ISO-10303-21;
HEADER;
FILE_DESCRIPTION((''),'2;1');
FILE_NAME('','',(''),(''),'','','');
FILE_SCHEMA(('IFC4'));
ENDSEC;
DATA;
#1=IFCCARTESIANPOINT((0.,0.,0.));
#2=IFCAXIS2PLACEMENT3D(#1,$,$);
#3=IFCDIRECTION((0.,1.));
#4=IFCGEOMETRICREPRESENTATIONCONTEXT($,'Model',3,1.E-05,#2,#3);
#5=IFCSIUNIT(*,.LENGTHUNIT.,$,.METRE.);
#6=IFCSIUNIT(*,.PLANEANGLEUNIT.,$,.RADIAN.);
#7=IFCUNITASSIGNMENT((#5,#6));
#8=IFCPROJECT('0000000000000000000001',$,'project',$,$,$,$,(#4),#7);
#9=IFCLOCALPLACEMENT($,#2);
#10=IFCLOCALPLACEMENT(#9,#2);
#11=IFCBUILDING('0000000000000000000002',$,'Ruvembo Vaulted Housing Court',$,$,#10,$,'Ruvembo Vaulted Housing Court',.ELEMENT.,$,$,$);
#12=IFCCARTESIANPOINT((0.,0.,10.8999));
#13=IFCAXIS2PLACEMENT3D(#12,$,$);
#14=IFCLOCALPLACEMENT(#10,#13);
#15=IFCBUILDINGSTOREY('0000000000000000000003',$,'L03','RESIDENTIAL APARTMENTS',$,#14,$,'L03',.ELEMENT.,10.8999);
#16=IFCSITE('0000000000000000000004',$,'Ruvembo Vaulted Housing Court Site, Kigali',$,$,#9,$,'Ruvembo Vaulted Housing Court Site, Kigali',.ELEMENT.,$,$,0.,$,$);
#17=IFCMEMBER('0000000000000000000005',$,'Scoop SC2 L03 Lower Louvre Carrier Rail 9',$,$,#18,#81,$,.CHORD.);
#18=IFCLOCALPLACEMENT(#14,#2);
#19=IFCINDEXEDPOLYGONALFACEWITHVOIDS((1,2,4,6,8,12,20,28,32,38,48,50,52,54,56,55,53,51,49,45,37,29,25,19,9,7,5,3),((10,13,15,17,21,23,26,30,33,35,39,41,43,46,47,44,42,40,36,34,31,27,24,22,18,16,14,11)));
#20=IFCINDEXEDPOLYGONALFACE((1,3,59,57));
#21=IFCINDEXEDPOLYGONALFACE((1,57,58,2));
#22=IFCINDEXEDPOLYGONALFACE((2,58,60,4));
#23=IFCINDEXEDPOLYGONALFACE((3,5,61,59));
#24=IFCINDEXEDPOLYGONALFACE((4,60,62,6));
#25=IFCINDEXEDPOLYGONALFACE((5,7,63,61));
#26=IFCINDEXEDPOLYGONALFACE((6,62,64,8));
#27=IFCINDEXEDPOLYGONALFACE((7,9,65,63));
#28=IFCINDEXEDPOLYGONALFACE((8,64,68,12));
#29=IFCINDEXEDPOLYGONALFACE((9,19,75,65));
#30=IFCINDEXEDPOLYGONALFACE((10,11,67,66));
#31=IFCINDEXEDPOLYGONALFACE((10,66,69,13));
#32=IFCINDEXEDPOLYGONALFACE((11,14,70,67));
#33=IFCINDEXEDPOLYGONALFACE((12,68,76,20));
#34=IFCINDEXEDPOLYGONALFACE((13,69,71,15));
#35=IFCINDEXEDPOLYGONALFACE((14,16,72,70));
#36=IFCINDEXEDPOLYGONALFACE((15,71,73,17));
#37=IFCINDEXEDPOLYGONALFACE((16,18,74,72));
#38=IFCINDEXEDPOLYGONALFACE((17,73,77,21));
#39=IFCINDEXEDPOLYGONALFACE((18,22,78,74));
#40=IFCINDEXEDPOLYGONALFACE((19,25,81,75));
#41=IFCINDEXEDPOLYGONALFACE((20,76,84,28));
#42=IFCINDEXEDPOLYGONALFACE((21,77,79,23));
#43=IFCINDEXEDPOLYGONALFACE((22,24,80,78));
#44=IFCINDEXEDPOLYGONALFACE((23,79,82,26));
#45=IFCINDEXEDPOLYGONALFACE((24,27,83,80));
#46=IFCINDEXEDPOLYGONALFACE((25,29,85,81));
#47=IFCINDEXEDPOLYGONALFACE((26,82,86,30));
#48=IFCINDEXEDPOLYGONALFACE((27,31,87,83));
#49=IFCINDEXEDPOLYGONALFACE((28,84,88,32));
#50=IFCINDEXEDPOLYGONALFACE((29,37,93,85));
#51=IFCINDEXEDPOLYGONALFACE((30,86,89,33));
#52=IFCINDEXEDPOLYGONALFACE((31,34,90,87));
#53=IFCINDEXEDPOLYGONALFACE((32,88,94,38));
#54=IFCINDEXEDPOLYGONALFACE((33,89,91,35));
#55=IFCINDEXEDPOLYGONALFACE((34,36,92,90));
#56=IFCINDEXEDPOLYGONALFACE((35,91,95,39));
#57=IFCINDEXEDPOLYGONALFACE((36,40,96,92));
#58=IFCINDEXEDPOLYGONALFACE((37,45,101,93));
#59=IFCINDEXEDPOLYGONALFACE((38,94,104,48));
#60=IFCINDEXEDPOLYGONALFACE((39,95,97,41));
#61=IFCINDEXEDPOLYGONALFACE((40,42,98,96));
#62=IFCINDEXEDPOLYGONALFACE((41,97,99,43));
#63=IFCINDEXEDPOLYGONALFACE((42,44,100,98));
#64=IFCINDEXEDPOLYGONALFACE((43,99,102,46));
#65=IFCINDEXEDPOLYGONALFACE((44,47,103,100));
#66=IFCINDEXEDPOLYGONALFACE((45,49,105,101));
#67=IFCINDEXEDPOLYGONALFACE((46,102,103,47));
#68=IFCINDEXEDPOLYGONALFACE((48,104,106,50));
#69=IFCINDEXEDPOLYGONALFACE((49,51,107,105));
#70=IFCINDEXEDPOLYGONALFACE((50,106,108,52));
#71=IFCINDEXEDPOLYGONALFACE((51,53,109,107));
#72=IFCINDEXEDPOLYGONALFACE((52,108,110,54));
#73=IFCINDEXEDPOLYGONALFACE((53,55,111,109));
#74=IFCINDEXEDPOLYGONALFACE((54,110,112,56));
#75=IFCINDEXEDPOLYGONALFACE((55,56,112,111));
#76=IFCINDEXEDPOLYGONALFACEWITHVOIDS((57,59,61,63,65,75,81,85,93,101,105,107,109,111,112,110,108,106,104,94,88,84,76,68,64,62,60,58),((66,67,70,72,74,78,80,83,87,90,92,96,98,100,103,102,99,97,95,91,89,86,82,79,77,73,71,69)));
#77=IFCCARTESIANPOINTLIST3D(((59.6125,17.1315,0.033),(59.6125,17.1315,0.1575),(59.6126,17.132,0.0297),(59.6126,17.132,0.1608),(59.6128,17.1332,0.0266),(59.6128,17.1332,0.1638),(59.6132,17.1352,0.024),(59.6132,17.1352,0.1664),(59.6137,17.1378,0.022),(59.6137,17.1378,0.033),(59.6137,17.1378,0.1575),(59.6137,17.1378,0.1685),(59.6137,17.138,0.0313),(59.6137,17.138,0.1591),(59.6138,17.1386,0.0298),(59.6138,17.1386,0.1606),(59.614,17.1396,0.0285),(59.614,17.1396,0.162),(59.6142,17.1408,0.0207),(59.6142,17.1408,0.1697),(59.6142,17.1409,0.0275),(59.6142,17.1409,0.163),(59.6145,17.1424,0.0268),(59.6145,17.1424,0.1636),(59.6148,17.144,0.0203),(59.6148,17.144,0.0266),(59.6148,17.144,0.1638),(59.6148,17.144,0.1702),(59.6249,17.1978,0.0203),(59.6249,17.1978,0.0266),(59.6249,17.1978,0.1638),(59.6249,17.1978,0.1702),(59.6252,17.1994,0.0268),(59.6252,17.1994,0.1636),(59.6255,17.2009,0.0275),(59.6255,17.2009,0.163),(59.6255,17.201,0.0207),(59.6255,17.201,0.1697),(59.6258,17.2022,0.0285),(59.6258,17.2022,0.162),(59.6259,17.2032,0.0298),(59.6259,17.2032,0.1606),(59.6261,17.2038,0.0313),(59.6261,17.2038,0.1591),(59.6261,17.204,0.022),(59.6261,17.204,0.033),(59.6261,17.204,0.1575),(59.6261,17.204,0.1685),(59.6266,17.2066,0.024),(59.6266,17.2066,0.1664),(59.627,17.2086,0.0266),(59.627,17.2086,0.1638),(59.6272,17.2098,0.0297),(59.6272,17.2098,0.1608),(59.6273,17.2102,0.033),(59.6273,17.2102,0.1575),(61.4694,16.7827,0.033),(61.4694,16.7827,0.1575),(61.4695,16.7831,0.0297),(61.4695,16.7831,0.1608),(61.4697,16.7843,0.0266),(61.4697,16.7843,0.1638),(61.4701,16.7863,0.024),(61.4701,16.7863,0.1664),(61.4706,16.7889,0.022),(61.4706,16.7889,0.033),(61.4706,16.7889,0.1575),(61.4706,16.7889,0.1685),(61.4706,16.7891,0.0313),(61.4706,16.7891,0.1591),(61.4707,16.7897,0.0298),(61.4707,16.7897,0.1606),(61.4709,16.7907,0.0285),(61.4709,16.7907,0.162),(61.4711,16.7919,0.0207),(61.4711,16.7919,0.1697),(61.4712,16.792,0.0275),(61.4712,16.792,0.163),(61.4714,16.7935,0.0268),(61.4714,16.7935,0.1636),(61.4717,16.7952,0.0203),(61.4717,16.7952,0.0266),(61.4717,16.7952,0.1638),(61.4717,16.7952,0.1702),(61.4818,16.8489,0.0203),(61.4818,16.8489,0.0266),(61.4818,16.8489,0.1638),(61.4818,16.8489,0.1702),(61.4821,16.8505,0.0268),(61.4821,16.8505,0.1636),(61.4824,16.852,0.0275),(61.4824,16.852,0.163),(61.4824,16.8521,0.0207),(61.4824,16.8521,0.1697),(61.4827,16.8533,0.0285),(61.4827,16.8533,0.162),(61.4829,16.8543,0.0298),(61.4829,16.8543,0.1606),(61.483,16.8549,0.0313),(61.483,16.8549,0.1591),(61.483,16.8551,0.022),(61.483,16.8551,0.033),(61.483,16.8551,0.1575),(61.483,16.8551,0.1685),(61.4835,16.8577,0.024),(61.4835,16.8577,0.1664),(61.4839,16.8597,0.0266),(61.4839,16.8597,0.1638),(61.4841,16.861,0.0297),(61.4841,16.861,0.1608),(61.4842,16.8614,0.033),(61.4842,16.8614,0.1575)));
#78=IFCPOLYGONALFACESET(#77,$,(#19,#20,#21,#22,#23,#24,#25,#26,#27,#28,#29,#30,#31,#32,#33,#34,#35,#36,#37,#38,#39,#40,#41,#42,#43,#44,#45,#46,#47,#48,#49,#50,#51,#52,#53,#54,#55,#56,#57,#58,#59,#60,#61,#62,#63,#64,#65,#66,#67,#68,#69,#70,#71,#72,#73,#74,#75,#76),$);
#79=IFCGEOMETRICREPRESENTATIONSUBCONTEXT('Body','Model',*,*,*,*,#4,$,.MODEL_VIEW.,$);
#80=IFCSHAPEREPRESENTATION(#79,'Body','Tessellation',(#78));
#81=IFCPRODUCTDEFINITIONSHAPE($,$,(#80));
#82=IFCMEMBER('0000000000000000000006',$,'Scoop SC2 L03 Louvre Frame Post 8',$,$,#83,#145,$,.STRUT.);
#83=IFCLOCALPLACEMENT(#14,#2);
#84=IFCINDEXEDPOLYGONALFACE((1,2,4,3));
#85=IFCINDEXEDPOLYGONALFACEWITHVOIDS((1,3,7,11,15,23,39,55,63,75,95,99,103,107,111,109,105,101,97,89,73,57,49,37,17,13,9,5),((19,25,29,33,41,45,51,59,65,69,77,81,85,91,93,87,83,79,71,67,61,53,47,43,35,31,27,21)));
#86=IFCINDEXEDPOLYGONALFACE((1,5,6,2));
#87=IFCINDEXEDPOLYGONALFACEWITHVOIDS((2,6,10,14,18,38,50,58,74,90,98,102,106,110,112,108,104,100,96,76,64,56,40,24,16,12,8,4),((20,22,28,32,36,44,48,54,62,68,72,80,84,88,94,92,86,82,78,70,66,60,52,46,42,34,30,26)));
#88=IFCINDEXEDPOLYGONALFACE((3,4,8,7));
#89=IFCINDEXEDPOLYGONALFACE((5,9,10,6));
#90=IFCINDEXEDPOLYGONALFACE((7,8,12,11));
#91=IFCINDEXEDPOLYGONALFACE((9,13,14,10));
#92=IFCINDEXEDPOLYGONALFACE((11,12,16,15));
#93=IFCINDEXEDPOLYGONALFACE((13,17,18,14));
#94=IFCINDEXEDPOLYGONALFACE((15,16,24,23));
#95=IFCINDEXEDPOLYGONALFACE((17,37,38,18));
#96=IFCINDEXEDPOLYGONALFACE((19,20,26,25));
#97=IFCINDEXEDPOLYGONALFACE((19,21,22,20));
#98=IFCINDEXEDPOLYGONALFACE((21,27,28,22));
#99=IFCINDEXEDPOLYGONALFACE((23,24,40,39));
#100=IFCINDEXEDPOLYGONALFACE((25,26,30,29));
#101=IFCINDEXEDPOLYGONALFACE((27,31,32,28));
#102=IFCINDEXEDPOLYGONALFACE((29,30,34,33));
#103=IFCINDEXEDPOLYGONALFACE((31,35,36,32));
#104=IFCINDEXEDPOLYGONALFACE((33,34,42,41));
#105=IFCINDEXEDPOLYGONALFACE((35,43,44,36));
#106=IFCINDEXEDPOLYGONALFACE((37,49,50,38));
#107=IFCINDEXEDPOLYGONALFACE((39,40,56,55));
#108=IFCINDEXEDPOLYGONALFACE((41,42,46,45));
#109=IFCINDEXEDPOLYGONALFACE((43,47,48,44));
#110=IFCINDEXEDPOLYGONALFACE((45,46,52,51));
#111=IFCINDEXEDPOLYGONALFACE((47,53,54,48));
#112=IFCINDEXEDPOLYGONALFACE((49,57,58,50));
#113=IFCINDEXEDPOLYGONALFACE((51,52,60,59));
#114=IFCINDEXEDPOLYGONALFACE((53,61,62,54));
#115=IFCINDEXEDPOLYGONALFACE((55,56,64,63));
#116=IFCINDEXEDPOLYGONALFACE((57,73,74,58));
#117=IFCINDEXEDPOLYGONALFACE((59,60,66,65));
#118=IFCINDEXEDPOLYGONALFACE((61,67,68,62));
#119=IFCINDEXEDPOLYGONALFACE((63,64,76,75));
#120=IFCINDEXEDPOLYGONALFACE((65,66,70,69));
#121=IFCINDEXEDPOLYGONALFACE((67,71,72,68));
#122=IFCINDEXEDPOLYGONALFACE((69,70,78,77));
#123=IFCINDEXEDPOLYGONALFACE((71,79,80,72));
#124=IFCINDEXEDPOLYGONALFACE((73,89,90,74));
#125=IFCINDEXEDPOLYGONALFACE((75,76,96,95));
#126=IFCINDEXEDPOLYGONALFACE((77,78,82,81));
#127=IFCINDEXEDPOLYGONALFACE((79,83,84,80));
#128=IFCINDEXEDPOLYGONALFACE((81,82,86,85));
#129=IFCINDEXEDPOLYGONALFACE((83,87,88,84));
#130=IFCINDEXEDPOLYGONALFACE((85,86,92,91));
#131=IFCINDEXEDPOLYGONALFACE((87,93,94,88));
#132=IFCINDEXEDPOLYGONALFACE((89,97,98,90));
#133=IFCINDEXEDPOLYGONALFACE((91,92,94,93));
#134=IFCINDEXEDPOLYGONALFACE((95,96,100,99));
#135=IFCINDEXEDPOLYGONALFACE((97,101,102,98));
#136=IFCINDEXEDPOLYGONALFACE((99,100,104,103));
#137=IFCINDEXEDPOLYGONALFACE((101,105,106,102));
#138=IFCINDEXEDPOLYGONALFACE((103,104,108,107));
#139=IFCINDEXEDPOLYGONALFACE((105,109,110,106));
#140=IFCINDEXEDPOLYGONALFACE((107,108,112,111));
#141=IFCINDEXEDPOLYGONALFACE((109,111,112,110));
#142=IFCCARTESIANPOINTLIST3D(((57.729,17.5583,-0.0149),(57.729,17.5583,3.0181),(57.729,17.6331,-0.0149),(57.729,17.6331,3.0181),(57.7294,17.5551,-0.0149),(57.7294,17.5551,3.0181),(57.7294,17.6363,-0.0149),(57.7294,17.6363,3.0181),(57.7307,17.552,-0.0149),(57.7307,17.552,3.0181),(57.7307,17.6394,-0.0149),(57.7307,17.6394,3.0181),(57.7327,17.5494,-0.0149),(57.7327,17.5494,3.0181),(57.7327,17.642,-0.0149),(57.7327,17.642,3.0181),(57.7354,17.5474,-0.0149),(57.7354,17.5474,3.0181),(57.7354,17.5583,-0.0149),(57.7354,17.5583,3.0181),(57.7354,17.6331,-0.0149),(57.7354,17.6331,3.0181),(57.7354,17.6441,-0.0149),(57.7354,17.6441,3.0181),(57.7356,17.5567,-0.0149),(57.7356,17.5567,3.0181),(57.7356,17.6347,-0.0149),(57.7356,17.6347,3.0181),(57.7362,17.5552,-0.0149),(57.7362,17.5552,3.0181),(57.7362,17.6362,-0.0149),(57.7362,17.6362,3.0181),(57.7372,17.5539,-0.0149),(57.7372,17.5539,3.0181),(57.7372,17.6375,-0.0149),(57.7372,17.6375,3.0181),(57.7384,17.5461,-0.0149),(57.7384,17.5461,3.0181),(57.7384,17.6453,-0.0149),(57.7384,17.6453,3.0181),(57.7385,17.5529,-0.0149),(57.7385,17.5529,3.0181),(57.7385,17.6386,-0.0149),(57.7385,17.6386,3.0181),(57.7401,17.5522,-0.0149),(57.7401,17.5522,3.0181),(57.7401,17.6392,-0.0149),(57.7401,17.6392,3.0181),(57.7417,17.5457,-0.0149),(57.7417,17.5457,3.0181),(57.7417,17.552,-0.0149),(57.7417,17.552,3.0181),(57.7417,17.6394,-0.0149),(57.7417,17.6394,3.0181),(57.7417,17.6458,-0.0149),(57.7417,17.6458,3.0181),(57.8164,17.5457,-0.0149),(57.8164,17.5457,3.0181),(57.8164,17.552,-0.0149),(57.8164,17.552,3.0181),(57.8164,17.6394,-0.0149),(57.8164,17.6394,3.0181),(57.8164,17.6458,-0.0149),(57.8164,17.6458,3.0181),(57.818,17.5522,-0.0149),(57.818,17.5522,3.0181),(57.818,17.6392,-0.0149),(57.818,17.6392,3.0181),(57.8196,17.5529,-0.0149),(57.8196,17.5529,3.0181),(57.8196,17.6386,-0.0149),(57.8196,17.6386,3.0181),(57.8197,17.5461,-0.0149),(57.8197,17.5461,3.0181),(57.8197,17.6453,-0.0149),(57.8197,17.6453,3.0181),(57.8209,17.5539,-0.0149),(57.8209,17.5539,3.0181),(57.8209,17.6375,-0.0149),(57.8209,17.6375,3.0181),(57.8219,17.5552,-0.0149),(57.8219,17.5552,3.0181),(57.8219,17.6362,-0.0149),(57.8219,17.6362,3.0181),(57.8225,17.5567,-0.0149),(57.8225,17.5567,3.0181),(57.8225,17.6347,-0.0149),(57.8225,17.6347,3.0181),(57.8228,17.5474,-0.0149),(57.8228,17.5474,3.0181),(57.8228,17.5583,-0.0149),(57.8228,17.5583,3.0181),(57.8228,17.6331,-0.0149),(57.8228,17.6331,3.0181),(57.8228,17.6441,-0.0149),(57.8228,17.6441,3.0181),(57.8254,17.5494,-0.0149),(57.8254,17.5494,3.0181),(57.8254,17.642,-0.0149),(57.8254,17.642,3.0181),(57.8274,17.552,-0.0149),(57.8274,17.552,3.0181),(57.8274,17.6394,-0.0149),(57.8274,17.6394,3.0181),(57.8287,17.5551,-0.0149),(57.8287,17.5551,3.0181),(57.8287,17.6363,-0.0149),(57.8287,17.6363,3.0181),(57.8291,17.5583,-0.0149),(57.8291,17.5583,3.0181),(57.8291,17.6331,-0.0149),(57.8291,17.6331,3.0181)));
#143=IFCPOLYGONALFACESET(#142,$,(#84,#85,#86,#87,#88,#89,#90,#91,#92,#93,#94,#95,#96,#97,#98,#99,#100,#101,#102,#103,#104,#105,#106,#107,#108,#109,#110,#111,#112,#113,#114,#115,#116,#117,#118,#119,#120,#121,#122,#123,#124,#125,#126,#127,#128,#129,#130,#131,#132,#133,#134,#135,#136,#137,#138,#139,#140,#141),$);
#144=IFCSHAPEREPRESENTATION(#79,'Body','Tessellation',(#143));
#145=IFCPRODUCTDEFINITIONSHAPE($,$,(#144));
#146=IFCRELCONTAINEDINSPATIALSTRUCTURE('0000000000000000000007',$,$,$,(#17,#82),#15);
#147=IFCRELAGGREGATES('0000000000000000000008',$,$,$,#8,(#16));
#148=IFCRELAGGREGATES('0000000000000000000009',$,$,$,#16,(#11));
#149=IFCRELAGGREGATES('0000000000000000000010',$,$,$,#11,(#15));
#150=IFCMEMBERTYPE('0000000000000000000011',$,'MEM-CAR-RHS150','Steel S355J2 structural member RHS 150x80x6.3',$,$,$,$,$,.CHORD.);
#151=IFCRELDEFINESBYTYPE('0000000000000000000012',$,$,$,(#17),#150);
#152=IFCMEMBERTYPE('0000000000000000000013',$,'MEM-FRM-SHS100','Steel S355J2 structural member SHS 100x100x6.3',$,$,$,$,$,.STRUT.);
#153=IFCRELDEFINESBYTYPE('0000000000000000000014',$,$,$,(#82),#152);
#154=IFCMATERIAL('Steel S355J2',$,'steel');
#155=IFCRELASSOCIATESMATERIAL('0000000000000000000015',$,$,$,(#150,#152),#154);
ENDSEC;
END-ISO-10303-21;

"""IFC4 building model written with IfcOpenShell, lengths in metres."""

from ifc_helpers import new_model, si_unit, direction, frame, origin, origin_2d, place, context, subcontext, project, spatial, hollow_rectangle, extrude, material, material_profile, profile_set, type_object, element, save


model = new_model("IFC4")

# Units and contexts
model_context = context("Model", 3, precision=1e-05, world=origin(), true_north=direction((0.0, 1.0)))
body_context = subcontext(model_context, "Body", "Model", "MODEL_VIEW")
ifc_project = project(units=[si_unit("LENGTHUNIT", "METRE"), si_unit("PLANEANGLEUNIT", "RADIAN")], contexts=[model_context])

# Site, building, storey
site_placement = place(None, origin())
site = spatial("IfcSite", under=ifc_project, at=site_placement, Name="Ruvembo Vaulted Housing Court Site, Kigali", LongName="Ruvembo Vaulted Housing Court Site, Kigali", CompositionType="ELEMENT", RefElevation=0.0)
building_placement = place(site_placement, origin())
building = spatial("IfcBuilding", under=site, at=building_placement, Name="Ruvembo Vaulted Housing Court", LongName="Ruvembo Vaulted Housing Court", CompositionType="ELEMENT")
storey_placement = place(building_placement, frame((0.0, 0.0, 10.8999)))
storey = spatial("IfcBuildingStorey", under=building, at=storey_placement, Name="L03", Description="RESIDENTIAL APARTMENTS", LongName="L03", CompositionType="ELEMENT", Elevation=10.8999)

# Shared definitions
ifc_material_1 = material(Name="Steel S355J2", Category="steel")

# Members
ifc_material_profile_1 = material_profile(ifc_material_1, hollow_rectangle(XDim=0.0801, YDim=0.1499, WallThickness=0.0063, InnerFilletRadius=0.0063, OuterFilletRadius=0.0127, at=origin_2d()), Name="RHS 150x80x6.3")
ifc_profile_set_1 = profile_set([ifc_material_profile_1], Name="Steel S355J2")
member_type_1 = type_object("IfcMemberType", Name="MEM-CAR-RHS150", Description="Steel S355J2 structural member RHS 150x80x6.3", PredefinedType="CHORD", material=ifc_profile_set_1)
member_1_placement = place(storey_placement, frame((59.6199, 17.1709, 0.0952), z_axis=(0.982805, -0.184647, 0.0), x_axis=(0.184647, 0.982805, 0.0)))
element("IfcMember", 1, at=member_1_placement, inside=storey, type_object=member_type_1, Name="Scoop SC2 L03 Lower Louvre Carrier Rail 9", PredefinedType="CHORD", context=body_context, shape_type="SweptSolid", body=[
    extrude(hollow_rectangle(XDim=0.0801, YDim=0.1499, WallThickness=0.0063, InnerFilletRadius=0.0063, OuterFilletRadius=0.0127, at=origin_2d()), origin(), (0.0, 0.0, 1.0), 1.8894),
])
ifc_material_profile_2 = material_profile(ifc_material_1, hollow_rectangle(XDim=0.1001, YDim=0.1001, WallThickness=0.0063, InnerFilletRadius=0.0063, OuterFilletRadius=0.0127, at=origin_2d()), Name="SHS 100x100x6.3")
ifc_profile_set_2 = profile_set([ifc_material_profile_2], Name="Steel S355J2")
member_type_2 = type_object("IfcMemberType", Name="MEM-FRM-SHS100", Description="Steel S355J2 structural member SHS 100x100x6.3", PredefinedType="STRUT", material=ifc_profile_set_2)
for number, where, z_axis, x_axis, name in (
    (2, (57.7791, 17.5957, -0.0149), (0.0, 0.0, 1.0), (1.0, 0.0, 0.0), "Scoop SC2 L03 Louvre Frame Post 8"),
):
    element("IfcMember", number, at=place(storey_placement, frame(where, z_axis=z_axis, x_axis=x_axis)), inside=storey, type_object=member_type_2, Name=name, PredefinedType="STRUT", context=body_context, shape_type="SweptSolid", body=[
        extrude(hollow_rectangle(XDim=0.1001, YDim=0.1001, WallThickness=0.0063, InnerFilletRadius=0.0063, OuterFilletRadius=0.0127, at=origin_2d()), origin(), (0.0, 0.0, 1.0), 3.033),
    ])

save(model, "model.ifc")
